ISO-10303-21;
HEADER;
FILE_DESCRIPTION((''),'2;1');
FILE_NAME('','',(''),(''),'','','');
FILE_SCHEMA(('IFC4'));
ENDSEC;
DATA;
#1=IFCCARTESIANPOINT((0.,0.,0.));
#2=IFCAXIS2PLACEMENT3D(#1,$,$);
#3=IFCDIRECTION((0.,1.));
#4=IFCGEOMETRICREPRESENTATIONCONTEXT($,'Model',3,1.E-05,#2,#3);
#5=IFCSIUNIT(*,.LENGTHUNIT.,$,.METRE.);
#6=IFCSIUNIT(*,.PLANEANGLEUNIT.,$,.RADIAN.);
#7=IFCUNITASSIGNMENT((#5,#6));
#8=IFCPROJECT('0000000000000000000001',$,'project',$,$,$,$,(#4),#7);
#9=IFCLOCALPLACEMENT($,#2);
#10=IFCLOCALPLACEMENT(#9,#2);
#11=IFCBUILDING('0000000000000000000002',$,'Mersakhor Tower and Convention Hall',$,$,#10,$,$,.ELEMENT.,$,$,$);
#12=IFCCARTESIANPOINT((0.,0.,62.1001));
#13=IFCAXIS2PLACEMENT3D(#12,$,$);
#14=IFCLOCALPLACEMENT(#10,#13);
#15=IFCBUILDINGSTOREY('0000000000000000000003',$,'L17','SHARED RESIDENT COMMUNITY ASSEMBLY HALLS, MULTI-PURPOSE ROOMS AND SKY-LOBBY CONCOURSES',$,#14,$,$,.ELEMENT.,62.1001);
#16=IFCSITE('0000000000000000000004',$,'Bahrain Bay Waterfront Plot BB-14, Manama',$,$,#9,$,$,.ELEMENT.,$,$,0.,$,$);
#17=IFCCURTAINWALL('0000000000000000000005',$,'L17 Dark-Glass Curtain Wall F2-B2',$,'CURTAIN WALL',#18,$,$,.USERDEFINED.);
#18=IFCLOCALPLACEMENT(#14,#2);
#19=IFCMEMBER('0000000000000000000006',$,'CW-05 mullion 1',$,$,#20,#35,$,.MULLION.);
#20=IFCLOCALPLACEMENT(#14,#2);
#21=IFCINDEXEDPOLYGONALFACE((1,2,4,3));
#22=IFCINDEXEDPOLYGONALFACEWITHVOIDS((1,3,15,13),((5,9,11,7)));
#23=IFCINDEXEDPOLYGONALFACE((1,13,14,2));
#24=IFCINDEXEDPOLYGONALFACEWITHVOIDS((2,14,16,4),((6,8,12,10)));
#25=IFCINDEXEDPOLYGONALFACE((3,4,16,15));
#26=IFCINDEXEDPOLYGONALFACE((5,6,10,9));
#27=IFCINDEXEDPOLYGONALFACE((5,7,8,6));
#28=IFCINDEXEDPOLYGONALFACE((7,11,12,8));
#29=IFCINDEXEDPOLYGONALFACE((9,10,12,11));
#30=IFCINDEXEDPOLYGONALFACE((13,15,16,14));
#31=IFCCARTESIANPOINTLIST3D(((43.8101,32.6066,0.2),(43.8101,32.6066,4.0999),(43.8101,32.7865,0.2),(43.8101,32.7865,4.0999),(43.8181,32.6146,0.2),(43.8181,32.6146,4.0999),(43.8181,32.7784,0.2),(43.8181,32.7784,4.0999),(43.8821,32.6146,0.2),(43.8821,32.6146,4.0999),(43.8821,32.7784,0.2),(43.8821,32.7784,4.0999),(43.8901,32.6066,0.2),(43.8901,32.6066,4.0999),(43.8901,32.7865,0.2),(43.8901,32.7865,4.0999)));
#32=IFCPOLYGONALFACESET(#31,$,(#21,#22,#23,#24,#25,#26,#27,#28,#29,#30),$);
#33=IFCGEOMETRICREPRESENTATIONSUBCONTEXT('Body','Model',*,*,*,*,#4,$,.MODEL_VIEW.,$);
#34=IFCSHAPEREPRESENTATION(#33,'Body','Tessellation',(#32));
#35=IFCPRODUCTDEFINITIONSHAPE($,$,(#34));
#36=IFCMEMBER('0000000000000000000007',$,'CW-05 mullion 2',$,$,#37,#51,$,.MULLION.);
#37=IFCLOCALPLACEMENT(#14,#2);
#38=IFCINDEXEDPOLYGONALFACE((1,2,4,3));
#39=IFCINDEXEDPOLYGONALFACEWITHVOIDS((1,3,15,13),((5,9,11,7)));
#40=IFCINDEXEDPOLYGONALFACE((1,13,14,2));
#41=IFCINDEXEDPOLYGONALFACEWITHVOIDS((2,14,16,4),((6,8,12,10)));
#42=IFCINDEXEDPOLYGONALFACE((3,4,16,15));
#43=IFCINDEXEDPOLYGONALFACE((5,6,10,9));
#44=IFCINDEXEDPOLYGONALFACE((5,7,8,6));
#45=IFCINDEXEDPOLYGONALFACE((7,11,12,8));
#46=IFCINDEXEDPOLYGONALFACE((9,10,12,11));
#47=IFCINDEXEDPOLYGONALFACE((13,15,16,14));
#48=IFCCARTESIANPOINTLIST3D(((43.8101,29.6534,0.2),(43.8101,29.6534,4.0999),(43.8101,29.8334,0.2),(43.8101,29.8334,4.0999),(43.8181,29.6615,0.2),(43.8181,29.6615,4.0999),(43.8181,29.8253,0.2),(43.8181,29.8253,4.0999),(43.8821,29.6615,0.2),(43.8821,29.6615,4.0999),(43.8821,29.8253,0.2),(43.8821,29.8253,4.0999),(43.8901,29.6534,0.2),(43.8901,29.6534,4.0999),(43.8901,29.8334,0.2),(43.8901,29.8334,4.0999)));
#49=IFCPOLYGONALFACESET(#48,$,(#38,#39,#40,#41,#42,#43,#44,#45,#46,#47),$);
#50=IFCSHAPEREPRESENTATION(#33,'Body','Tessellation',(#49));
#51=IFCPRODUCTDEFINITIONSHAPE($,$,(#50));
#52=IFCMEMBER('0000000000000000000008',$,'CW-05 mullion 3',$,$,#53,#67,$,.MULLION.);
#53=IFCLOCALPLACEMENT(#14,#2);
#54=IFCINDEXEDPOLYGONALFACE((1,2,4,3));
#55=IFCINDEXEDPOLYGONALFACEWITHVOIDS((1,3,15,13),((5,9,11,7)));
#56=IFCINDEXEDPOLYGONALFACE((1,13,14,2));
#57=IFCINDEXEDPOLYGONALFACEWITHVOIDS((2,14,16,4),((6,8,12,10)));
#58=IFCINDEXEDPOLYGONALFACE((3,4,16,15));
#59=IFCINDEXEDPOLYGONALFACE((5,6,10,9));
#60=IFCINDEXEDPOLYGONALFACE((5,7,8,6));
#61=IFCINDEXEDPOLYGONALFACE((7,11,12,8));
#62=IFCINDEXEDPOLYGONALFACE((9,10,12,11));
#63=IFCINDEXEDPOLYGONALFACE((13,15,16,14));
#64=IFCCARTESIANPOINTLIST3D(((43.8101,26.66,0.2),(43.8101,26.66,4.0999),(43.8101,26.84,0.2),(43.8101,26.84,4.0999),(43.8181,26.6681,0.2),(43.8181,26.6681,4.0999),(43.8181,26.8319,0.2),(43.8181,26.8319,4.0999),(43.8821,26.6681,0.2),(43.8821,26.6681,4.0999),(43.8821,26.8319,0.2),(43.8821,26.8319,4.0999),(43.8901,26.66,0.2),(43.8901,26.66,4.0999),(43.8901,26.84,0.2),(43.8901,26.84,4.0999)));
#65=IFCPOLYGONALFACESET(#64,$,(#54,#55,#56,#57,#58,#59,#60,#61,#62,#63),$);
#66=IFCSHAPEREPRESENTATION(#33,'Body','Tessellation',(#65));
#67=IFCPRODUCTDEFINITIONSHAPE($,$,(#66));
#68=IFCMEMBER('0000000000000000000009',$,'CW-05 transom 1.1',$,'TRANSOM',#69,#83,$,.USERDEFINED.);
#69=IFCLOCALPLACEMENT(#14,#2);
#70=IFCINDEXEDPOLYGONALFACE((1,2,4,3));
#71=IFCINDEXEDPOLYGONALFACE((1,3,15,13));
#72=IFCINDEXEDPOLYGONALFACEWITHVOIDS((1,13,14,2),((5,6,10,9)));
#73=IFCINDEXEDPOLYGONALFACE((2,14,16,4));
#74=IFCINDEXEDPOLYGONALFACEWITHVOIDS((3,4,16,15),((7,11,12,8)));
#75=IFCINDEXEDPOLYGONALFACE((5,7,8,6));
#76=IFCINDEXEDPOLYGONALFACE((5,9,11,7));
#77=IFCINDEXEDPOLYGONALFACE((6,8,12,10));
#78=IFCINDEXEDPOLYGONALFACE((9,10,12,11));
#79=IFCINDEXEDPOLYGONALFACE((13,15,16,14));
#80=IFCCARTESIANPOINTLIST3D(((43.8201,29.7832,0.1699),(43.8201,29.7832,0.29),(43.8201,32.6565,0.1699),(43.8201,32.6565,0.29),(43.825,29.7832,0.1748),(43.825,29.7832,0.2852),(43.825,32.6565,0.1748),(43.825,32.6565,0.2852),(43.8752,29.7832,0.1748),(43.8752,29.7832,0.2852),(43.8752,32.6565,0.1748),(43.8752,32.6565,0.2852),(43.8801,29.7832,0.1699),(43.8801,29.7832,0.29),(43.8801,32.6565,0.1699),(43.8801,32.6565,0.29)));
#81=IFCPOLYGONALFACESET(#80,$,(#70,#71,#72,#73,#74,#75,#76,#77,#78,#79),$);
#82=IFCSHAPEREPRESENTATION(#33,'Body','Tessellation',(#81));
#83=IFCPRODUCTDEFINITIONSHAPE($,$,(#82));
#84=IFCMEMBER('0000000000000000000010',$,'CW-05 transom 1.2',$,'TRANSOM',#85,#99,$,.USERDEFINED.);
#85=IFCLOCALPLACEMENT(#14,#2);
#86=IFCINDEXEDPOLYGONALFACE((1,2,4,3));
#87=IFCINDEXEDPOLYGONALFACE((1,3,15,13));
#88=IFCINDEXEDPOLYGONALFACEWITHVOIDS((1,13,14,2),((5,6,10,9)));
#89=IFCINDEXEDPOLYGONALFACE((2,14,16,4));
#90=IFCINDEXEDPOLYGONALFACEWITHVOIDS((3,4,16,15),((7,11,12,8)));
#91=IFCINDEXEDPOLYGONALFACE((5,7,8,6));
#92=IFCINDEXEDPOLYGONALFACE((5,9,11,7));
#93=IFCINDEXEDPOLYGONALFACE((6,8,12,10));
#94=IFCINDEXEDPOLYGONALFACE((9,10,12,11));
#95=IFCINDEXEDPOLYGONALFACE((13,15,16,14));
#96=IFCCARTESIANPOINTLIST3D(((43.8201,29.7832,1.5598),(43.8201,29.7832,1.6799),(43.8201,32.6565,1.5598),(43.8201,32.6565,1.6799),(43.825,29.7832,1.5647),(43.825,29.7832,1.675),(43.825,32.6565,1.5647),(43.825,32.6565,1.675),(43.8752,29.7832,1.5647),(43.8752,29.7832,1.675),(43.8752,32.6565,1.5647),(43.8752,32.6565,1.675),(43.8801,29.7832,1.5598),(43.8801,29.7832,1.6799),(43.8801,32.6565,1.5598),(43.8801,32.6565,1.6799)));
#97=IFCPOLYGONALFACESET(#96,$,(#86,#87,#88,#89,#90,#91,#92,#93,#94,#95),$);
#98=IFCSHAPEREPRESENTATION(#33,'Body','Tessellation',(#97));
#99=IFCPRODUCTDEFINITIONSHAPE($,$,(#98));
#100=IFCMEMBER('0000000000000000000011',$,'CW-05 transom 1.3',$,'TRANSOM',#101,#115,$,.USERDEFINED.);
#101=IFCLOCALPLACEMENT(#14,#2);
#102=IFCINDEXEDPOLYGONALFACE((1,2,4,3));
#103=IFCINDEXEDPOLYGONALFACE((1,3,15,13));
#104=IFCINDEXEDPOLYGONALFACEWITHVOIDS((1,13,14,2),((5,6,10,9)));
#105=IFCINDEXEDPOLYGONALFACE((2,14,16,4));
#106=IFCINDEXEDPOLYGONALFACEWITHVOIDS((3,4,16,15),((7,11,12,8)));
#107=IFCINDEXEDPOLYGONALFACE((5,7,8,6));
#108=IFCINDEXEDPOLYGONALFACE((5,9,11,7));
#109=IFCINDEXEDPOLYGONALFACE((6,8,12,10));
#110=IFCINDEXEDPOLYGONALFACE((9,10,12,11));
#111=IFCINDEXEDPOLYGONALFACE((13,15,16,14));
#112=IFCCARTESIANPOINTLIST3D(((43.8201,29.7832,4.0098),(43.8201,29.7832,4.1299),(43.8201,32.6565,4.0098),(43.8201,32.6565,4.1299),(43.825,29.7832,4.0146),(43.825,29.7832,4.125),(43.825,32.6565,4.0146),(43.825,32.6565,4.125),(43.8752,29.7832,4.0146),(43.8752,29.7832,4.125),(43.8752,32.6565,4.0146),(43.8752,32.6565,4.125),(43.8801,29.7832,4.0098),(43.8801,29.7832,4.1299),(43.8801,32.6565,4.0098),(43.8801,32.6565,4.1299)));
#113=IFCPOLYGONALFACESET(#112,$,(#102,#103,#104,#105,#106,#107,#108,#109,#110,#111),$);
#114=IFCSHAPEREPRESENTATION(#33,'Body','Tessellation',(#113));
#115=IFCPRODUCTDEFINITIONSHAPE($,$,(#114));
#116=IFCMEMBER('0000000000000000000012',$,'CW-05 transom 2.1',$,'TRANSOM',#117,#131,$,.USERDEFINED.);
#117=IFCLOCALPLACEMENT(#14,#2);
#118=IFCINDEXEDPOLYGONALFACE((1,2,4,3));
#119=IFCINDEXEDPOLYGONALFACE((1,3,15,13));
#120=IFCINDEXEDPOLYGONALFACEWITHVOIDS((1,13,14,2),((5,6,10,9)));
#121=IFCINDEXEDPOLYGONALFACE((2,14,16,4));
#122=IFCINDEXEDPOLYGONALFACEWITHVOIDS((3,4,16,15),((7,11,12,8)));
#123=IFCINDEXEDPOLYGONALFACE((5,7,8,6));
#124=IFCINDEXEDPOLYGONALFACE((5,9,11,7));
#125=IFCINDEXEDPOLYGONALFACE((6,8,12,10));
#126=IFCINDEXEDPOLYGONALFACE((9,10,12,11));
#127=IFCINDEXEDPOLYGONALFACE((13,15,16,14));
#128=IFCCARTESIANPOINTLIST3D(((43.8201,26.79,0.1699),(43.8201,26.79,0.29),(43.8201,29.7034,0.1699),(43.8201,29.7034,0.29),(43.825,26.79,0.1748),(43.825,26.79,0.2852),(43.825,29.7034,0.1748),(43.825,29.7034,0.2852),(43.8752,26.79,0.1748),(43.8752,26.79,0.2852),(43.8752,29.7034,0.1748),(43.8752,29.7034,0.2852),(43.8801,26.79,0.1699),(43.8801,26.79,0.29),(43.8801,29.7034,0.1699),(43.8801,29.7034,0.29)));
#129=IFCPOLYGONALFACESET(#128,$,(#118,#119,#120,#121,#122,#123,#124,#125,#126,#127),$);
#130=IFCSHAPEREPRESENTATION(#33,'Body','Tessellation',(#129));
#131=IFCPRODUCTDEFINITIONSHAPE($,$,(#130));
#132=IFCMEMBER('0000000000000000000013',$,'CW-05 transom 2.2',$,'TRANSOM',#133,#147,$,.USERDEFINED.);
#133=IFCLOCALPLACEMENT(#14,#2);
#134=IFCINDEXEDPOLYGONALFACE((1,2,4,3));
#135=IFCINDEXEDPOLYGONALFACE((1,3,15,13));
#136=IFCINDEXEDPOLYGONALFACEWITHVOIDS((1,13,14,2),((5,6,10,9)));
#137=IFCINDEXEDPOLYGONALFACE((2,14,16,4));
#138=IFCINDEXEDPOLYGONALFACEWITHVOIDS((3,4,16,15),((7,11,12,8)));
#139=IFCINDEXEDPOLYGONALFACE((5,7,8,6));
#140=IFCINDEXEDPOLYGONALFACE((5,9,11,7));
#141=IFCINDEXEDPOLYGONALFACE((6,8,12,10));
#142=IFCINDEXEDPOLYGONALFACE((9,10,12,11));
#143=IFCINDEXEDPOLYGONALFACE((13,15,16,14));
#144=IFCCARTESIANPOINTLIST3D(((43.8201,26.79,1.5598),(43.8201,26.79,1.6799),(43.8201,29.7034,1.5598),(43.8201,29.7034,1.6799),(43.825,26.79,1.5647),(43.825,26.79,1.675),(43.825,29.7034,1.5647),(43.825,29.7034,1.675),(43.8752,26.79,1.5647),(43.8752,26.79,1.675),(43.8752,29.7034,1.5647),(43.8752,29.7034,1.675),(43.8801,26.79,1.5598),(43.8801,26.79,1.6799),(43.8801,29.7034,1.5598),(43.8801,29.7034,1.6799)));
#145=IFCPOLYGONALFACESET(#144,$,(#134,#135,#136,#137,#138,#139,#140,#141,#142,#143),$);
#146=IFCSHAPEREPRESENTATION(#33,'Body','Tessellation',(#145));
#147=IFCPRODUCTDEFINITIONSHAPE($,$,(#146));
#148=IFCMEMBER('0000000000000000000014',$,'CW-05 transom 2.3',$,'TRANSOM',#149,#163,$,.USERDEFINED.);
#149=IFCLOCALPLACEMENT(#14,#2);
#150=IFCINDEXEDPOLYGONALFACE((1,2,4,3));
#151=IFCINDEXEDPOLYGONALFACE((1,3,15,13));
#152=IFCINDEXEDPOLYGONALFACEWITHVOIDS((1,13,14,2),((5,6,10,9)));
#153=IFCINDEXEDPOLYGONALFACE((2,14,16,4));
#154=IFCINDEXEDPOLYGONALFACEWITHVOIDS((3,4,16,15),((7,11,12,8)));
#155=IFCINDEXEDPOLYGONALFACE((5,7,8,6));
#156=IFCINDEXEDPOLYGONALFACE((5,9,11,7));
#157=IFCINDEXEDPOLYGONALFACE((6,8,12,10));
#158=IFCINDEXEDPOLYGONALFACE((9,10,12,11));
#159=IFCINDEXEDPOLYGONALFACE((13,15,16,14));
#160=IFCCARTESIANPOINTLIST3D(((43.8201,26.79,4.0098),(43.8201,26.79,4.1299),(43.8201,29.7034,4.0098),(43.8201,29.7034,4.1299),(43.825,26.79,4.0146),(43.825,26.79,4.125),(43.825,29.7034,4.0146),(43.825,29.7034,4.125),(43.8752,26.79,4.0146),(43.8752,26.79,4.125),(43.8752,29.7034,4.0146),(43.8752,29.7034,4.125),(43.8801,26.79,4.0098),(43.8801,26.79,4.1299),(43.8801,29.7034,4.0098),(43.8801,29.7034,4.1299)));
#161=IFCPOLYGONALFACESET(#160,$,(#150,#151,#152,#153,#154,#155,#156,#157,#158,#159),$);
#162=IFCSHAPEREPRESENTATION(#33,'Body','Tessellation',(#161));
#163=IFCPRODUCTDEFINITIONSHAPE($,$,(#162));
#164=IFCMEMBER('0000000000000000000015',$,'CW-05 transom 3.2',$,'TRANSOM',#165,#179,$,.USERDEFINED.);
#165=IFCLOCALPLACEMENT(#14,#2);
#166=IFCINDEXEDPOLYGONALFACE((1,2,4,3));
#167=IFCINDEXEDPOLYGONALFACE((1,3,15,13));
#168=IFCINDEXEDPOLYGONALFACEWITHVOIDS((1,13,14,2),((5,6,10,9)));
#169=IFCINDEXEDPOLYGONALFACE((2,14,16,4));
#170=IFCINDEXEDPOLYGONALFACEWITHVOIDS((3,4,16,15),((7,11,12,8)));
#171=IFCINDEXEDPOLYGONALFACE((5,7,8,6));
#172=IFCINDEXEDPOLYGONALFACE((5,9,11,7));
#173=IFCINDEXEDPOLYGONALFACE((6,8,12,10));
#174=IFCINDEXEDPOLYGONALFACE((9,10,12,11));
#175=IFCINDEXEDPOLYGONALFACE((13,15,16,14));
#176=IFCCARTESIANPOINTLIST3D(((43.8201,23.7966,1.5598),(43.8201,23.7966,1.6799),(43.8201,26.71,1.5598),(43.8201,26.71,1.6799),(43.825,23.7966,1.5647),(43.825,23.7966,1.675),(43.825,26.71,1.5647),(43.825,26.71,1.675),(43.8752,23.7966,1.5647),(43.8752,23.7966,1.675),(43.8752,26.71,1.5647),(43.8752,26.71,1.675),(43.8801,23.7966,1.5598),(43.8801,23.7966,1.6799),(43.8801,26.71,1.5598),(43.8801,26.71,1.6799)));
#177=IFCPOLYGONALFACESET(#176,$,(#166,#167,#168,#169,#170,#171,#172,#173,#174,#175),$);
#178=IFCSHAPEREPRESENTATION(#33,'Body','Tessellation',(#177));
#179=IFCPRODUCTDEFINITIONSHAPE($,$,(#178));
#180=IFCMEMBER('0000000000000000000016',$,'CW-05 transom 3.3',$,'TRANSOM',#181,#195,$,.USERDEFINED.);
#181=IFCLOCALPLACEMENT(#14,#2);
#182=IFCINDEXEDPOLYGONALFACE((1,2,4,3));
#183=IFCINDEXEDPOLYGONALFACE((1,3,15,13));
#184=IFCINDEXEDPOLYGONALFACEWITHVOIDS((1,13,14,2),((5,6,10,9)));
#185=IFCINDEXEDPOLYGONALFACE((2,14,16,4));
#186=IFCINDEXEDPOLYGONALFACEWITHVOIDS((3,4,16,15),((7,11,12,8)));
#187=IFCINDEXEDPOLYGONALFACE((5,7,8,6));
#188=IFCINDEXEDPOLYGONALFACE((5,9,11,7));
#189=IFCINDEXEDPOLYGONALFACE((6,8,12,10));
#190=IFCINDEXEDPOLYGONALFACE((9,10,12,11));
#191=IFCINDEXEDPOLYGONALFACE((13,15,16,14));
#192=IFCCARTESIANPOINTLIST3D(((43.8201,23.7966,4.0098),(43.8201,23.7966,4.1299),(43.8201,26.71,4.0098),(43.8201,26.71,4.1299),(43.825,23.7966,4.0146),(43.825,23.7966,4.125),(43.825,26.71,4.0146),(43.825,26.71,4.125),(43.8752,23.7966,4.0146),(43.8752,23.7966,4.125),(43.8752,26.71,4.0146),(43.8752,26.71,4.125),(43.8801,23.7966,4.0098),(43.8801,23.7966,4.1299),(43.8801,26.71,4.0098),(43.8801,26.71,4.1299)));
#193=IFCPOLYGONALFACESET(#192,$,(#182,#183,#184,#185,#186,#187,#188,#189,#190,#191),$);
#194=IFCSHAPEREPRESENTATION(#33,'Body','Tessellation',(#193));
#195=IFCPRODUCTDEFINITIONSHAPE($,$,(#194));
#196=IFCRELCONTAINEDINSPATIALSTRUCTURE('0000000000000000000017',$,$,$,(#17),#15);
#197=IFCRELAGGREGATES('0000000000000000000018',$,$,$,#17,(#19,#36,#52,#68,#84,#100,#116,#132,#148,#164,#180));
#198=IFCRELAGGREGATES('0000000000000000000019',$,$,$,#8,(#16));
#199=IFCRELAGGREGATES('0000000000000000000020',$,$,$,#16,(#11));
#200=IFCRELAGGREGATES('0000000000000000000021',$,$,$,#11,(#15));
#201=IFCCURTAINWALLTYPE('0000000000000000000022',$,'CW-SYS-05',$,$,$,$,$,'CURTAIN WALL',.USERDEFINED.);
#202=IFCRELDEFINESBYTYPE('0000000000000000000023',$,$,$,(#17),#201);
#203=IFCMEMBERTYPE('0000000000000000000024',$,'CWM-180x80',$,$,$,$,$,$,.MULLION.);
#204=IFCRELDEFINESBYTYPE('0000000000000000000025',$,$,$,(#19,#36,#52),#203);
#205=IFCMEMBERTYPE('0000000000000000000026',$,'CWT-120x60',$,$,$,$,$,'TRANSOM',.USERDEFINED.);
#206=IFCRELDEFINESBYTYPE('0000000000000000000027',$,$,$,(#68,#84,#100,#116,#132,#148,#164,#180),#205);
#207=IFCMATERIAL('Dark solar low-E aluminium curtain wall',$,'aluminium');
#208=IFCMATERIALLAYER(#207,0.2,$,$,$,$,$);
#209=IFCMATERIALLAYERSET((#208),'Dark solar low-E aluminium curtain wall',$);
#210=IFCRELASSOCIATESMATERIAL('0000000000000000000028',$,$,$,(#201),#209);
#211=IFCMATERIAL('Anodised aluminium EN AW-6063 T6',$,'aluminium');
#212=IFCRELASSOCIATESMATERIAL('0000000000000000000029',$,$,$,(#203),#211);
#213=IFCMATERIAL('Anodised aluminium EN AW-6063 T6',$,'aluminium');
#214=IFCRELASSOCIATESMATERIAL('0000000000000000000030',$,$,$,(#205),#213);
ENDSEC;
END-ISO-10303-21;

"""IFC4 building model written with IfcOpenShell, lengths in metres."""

from ifc_helpers import new_model, si_unit, direction, frame, origin, origin_2d, place, context, subcontext, project, spatial, hollow_rectangle, extrude, material, layer, layer_set, material_profile, profile_set, type_object, element, aggregate, save


model = new_model("IFC4")

# Units and contexts
model_context = context("Model", 3, precision=1e-05, world=origin(), true_north=direction((0.0, 1.0)))
body_context = subcontext(model_context, "Body", "Model", "MODEL_VIEW")
ifc_project = project(units=[si_unit("LENGTHUNIT", "METRE"), si_unit("PLANEANGLEUNIT", "RADIAN")], contexts=[model_context])

# Site, building, storey
site_placement = place(None, origin())
site = spatial("IfcSite", under=ifc_project, at=site_placement, Name="Bahrain Bay Waterfront Plot BB-14, Manama", CompositionType="ELEMENT", RefElevation=0.0)
building_placement = place(site_placement, origin())
building = spatial("IfcBuilding", under=site, at=building_placement, Name="Mersakhor Tower and Convention Hall", CompositionType="ELEMENT")
storey_placement = place(building_placement, frame((0.0, 0.0, 62.1001)))
storey = spatial("IfcBuildingStorey", under=building, at=storey_placement, Name="L17", Description="SHARED RESIDENT COMMUNITY ASSEMBLY HALLS, MULTI-PURPOSE ROOMS AND SKY-LOBBY CONCOURSES", CompositionType="ELEMENT", Elevation=62.1001)

# Curtain wall, members
ifc_material_1 = material(Name="Dark solar low-E aluminium curtain wall", Category="aluminium")
ifc_layer_1 = layer(ifc_material_1, 0.2)
ifc_layer_set_1 = layer_set([ifc_layer_1], Name="Dark solar low-E aluminium curtain wall")
curtain_wall_type = type_object("IfcCurtainWallType", Name="CW-SYS-05", ElementType="CURTAIN WALL", PredefinedType="USERDEFINED", material=ifc_layer_set_1)
curtain_wall_placement = place(storey_placement, origin())
curtain_wall = element("IfcCurtainWall", 1, at=curtain_wall_placement, inside=storey, type_object=curtain_wall_type, Name="L17 Dark-Glass Curtain Wall F2-B2", ObjectType="CURTAIN WALL", PredefinedType="USERDEFINED")
ifc_material_2 = material(Name="Anodised aluminium EN AW-6063 T6", Category="aluminium")
ifc_material_profile_1 = material_profile(ifc_material_2, hollow_rectangle(XDim=0.0801, YDim=0.1799, WallThickness=0.0081, at=origin_2d()), Name="RHS 180x80x8")
ifc_profile_set_1 = profile_set([ifc_material_profile_1], Name="Anodised aluminium EN AW-6063 T6")
member_type_1 = type_object("IfcMemberType", Name="CWM-180x80", PredefinedType="MULLION", material=ifc_profile_set_1)
member_1_placement = place(storey_placement, frame((43.8501, 32.6965, 0.2), z_axis=(0.0, 0.0, 1.0), x_axis=(1.0, 0.0, 0.0)))
member_1 = element("IfcMember", 2, at=member_1_placement, type_object=member_type_1, Name="CW-05 mullion 1", PredefinedType="MULLION", context=body_context, shape_type="SweptSolid", body=[
    extrude(hollow_rectangle(XDim=0.0801, YDim=0.1799, WallThickness=0.0081, at=origin_2d()), origin(), (0.0, 0.0, 1.0), 3.8999),
])
member_2_placement = place(storey_placement, frame((43.8501, 29.7434, 0.2), z_axis=(0.0, 0.0, 1.0), x_axis=(1.0, 0.0, 0.0)))
member_2 = element("IfcMember", 3, at=member_2_placement, type_object=member_type_1, Name="CW-05 mullion 2", PredefinedType="MULLION", context=body_context, shape_type="SweptSolid", body=[
    extrude(hollow_rectangle(XDim=0.0801, YDim=0.1799, WallThickness=0.0081, at=origin_2d()), origin(), (0.0, 0.0, 1.0), 3.8999),
])
member_3_placement = place(storey_placement, frame((43.8501, 26.75, 0.2), z_axis=(0.0, 0.0, 1.0), x_axis=(1.0, 0.0, 0.0)))
member_3 = element("IfcMember", 4, at=member_3_placement, type_object=member_type_1, Name="CW-05 mullion 3", PredefinedType="MULLION", context=body_context, shape_type="SweptSolid", body=[
    extrude(hollow_rectangle(XDim=0.0801, YDim=0.1799, WallThickness=0.0081, at=origin_2d()), origin(), (0.0, 0.0, 1.0), 3.8999),
])
ifc_material_3 = material(Name="Anodised aluminium EN AW-6063 T6", Category="aluminium")
ifc_material_profile_2 = material_profile(ifc_material_3, hollow_rectangle(XDim=0.0601, YDim=0.1201, WallThickness=0.0049, at=origin_2d()), Name="RHS 120x60x5")
ifc_profile_set_2 = profile_set([ifc_material_profile_2], Name="Anodised aluminium EN AW-6063 T6")
member_type_2 = type_object("IfcMemberType", Name="CWT-120x60", ElementType="TRANSOM", PredefinedType="USERDEFINED", material=ifc_profile_set_2)
member_4_placement = place(storey_placement, frame((43.8501, 32.6565, 0.23), z_axis=(0.0, -1.0, 0.0), x_axis=(1.0, 0.0, 0.0)))
member_4 = element("IfcMember", 5, at=member_4_placement, type_object=member_type_2, Name="CW-05 transom 1.1", ObjectType="TRANSOM", PredefinedType="USERDEFINED", context=body_context, shape_type="SweptSolid", body=[
    extrude(hollow_rectangle(XDim=0.0601, YDim=0.1201, WallThickness=0.0049, at=origin_2d()), origin(), (0.0, 0.0, 1.0), 2.8733),
])
member_5_placement = place(storey_placement, frame((43.8501, 32.6565, 1.6199), z_axis=(0.0, -1.0, 0.0), x_axis=(1.0, 0.0, 0.0)))
member_5 = element("IfcMember", 6, at=member_5_placement, type_object=member_type_2, Name="CW-05 transom 1.2", ObjectType="TRANSOM", PredefinedType="USERDEFINED", context=body_context, shape_type="SweptSolid", body=[
    extrude(hollow_rectangle(XDim=0.0601, YDim=0.1201, WallThickness=0.0049, at=origin_2d()), origin(), (0.0, 0.0, 1.0), 2.8733),
])
member_6_placement = place(storey_placement, frame((43.8501, 32.6565, 4.0698), z_axis=(0.0, -1.0, 0.0), x_axis=(1.0, 0.0, 0.0)))
member_6 = element("IfcMember", 7, at=member_6_placement, type_object=member_type_2, Name="CW-05 transom 1.3", ObjectType="TRANSOM", PredefinedType="USERDEFINED", context=body_context, shape_type="SweptSolid", body=[
    extrude(hollow_rectangle(XDim=0.0601, YDim=0.1201, WallThickness=0.0049, at=origin_2d()), origin(), (0.0, 0.0, 1.0), 2.8733),
])
member_7_placement = place(storey_placement, frame((43.8501, 29.7034, 0.23), z_axis=(0.0, -1.0, 0.0), x_axis=(1.0, 0.0, 0.0)))
member_7 = element("IfcMember", 8, at=member_7_placement, type_object=member_type_2, Name="CW-05 transom 2.1", ObjectType="TRANSOM", PredefinedType="USERDEFINED", context=body_context, shape_type="SweptSolid", body=[
    extrude(hollow_rectangle(XDim=0.0601, YDim=0.1201, WallThickness=0.0049, at=origin_2d()), origin(), (0.0, 0.0, 1.0), 2.9133),
])
member_8_placement = place(storey_placement, frame((43.8501, 29.7034, 1.6199), z_axis=(0.0, -1.0, 0.0), x_axis=(1.0, 0.0, 0.0)))
member_8 = element("IfcMember", 9, at=member_8_placement, type_object=member_type_2, Name="CW-05 transom 2.2", ObjectType="TRANSOM", PredefinedType="USERDEFINED", context=body_context, shape_type="SweptSolid", body=[
    extrude(hollow_rectangle(XDim=0.0601, YDim=0.1201, WallThickness=0.0049, at=origin_2d()), origin(), (0.0, 0.0, 1.0), 2.9133),
])
member_9_placement = place(storey_placement, frame((43.8501, 29.7034, 4.0698), z_axis=(0.0, -1.0, 0.0), x_axis=(1.0, 0.0, 0.0)))
member_9 = element("IfcMember", 10, at=member_9_placement, type_object=member_type_2, Name="CW-05 transom 2.3", ObjectType="TRANSOM", PredefinedType="USERDEFINED", context=body_context, shape_type="SweptSolid", body=[
    extrude(hollow_rectangle(XDim=0.0601, YDim=0.1201, WallThickness=0.0049, at=origin_2d()), origin(), (0.0, 0.0, 1.0), 2.9133),
])
member_10_placement = place(storey_placement, frame((43.8501, 26.71, 1.6199), z_axis=(0.0, -1.0, 0.0), x_axis=(1.0, 0.0, 0.0)))
member_10 = element("IfcMember", 11, at=member_10_placement, type_object=member_type_2, Name="CW-05 transom 3.2", ObjectType="TRANSOM", PredefinedType="USERDEFINED", context=body_context, shape_type="SweptSolid", body=[
    extrude(hollow_rectangle(XDim=0.0601, YDim=0.1201, WallThickness=0.0049, at=origin_2d()), origin(), (0.0, 0.0, 1.0), 2.9133),
])
member_11_placement = place(storey_placement, frame((43.8501, 26.71, 4.0698), z_axis=(0.0, -1.0, 0.0), x_axis=(1.0, 0.0, 0.0)))
member_11 = element("IfcMember", 12, at=member_11_placement, type_object=member_type_2, Name="CW-05 transom 3.3", ObjectType="TRANSOM", PredefinedType="USERDEFINED", context=body_context, shape_type="SweptSolid", body=[
    extrude(hollow_rectangle(XDim=0.0601, YDim=0.1201, WallThickness=0.0049, at=origin_2d()), origin(), (0.0, 0.0, 1.0), 2.9133),
])
aggregate(curtain_wall, [member_1, member_2, member_3, member_4, member_5, member_6, member_7, member_8, member_9, member_10, member_11])

save(model, "model.ifc")
